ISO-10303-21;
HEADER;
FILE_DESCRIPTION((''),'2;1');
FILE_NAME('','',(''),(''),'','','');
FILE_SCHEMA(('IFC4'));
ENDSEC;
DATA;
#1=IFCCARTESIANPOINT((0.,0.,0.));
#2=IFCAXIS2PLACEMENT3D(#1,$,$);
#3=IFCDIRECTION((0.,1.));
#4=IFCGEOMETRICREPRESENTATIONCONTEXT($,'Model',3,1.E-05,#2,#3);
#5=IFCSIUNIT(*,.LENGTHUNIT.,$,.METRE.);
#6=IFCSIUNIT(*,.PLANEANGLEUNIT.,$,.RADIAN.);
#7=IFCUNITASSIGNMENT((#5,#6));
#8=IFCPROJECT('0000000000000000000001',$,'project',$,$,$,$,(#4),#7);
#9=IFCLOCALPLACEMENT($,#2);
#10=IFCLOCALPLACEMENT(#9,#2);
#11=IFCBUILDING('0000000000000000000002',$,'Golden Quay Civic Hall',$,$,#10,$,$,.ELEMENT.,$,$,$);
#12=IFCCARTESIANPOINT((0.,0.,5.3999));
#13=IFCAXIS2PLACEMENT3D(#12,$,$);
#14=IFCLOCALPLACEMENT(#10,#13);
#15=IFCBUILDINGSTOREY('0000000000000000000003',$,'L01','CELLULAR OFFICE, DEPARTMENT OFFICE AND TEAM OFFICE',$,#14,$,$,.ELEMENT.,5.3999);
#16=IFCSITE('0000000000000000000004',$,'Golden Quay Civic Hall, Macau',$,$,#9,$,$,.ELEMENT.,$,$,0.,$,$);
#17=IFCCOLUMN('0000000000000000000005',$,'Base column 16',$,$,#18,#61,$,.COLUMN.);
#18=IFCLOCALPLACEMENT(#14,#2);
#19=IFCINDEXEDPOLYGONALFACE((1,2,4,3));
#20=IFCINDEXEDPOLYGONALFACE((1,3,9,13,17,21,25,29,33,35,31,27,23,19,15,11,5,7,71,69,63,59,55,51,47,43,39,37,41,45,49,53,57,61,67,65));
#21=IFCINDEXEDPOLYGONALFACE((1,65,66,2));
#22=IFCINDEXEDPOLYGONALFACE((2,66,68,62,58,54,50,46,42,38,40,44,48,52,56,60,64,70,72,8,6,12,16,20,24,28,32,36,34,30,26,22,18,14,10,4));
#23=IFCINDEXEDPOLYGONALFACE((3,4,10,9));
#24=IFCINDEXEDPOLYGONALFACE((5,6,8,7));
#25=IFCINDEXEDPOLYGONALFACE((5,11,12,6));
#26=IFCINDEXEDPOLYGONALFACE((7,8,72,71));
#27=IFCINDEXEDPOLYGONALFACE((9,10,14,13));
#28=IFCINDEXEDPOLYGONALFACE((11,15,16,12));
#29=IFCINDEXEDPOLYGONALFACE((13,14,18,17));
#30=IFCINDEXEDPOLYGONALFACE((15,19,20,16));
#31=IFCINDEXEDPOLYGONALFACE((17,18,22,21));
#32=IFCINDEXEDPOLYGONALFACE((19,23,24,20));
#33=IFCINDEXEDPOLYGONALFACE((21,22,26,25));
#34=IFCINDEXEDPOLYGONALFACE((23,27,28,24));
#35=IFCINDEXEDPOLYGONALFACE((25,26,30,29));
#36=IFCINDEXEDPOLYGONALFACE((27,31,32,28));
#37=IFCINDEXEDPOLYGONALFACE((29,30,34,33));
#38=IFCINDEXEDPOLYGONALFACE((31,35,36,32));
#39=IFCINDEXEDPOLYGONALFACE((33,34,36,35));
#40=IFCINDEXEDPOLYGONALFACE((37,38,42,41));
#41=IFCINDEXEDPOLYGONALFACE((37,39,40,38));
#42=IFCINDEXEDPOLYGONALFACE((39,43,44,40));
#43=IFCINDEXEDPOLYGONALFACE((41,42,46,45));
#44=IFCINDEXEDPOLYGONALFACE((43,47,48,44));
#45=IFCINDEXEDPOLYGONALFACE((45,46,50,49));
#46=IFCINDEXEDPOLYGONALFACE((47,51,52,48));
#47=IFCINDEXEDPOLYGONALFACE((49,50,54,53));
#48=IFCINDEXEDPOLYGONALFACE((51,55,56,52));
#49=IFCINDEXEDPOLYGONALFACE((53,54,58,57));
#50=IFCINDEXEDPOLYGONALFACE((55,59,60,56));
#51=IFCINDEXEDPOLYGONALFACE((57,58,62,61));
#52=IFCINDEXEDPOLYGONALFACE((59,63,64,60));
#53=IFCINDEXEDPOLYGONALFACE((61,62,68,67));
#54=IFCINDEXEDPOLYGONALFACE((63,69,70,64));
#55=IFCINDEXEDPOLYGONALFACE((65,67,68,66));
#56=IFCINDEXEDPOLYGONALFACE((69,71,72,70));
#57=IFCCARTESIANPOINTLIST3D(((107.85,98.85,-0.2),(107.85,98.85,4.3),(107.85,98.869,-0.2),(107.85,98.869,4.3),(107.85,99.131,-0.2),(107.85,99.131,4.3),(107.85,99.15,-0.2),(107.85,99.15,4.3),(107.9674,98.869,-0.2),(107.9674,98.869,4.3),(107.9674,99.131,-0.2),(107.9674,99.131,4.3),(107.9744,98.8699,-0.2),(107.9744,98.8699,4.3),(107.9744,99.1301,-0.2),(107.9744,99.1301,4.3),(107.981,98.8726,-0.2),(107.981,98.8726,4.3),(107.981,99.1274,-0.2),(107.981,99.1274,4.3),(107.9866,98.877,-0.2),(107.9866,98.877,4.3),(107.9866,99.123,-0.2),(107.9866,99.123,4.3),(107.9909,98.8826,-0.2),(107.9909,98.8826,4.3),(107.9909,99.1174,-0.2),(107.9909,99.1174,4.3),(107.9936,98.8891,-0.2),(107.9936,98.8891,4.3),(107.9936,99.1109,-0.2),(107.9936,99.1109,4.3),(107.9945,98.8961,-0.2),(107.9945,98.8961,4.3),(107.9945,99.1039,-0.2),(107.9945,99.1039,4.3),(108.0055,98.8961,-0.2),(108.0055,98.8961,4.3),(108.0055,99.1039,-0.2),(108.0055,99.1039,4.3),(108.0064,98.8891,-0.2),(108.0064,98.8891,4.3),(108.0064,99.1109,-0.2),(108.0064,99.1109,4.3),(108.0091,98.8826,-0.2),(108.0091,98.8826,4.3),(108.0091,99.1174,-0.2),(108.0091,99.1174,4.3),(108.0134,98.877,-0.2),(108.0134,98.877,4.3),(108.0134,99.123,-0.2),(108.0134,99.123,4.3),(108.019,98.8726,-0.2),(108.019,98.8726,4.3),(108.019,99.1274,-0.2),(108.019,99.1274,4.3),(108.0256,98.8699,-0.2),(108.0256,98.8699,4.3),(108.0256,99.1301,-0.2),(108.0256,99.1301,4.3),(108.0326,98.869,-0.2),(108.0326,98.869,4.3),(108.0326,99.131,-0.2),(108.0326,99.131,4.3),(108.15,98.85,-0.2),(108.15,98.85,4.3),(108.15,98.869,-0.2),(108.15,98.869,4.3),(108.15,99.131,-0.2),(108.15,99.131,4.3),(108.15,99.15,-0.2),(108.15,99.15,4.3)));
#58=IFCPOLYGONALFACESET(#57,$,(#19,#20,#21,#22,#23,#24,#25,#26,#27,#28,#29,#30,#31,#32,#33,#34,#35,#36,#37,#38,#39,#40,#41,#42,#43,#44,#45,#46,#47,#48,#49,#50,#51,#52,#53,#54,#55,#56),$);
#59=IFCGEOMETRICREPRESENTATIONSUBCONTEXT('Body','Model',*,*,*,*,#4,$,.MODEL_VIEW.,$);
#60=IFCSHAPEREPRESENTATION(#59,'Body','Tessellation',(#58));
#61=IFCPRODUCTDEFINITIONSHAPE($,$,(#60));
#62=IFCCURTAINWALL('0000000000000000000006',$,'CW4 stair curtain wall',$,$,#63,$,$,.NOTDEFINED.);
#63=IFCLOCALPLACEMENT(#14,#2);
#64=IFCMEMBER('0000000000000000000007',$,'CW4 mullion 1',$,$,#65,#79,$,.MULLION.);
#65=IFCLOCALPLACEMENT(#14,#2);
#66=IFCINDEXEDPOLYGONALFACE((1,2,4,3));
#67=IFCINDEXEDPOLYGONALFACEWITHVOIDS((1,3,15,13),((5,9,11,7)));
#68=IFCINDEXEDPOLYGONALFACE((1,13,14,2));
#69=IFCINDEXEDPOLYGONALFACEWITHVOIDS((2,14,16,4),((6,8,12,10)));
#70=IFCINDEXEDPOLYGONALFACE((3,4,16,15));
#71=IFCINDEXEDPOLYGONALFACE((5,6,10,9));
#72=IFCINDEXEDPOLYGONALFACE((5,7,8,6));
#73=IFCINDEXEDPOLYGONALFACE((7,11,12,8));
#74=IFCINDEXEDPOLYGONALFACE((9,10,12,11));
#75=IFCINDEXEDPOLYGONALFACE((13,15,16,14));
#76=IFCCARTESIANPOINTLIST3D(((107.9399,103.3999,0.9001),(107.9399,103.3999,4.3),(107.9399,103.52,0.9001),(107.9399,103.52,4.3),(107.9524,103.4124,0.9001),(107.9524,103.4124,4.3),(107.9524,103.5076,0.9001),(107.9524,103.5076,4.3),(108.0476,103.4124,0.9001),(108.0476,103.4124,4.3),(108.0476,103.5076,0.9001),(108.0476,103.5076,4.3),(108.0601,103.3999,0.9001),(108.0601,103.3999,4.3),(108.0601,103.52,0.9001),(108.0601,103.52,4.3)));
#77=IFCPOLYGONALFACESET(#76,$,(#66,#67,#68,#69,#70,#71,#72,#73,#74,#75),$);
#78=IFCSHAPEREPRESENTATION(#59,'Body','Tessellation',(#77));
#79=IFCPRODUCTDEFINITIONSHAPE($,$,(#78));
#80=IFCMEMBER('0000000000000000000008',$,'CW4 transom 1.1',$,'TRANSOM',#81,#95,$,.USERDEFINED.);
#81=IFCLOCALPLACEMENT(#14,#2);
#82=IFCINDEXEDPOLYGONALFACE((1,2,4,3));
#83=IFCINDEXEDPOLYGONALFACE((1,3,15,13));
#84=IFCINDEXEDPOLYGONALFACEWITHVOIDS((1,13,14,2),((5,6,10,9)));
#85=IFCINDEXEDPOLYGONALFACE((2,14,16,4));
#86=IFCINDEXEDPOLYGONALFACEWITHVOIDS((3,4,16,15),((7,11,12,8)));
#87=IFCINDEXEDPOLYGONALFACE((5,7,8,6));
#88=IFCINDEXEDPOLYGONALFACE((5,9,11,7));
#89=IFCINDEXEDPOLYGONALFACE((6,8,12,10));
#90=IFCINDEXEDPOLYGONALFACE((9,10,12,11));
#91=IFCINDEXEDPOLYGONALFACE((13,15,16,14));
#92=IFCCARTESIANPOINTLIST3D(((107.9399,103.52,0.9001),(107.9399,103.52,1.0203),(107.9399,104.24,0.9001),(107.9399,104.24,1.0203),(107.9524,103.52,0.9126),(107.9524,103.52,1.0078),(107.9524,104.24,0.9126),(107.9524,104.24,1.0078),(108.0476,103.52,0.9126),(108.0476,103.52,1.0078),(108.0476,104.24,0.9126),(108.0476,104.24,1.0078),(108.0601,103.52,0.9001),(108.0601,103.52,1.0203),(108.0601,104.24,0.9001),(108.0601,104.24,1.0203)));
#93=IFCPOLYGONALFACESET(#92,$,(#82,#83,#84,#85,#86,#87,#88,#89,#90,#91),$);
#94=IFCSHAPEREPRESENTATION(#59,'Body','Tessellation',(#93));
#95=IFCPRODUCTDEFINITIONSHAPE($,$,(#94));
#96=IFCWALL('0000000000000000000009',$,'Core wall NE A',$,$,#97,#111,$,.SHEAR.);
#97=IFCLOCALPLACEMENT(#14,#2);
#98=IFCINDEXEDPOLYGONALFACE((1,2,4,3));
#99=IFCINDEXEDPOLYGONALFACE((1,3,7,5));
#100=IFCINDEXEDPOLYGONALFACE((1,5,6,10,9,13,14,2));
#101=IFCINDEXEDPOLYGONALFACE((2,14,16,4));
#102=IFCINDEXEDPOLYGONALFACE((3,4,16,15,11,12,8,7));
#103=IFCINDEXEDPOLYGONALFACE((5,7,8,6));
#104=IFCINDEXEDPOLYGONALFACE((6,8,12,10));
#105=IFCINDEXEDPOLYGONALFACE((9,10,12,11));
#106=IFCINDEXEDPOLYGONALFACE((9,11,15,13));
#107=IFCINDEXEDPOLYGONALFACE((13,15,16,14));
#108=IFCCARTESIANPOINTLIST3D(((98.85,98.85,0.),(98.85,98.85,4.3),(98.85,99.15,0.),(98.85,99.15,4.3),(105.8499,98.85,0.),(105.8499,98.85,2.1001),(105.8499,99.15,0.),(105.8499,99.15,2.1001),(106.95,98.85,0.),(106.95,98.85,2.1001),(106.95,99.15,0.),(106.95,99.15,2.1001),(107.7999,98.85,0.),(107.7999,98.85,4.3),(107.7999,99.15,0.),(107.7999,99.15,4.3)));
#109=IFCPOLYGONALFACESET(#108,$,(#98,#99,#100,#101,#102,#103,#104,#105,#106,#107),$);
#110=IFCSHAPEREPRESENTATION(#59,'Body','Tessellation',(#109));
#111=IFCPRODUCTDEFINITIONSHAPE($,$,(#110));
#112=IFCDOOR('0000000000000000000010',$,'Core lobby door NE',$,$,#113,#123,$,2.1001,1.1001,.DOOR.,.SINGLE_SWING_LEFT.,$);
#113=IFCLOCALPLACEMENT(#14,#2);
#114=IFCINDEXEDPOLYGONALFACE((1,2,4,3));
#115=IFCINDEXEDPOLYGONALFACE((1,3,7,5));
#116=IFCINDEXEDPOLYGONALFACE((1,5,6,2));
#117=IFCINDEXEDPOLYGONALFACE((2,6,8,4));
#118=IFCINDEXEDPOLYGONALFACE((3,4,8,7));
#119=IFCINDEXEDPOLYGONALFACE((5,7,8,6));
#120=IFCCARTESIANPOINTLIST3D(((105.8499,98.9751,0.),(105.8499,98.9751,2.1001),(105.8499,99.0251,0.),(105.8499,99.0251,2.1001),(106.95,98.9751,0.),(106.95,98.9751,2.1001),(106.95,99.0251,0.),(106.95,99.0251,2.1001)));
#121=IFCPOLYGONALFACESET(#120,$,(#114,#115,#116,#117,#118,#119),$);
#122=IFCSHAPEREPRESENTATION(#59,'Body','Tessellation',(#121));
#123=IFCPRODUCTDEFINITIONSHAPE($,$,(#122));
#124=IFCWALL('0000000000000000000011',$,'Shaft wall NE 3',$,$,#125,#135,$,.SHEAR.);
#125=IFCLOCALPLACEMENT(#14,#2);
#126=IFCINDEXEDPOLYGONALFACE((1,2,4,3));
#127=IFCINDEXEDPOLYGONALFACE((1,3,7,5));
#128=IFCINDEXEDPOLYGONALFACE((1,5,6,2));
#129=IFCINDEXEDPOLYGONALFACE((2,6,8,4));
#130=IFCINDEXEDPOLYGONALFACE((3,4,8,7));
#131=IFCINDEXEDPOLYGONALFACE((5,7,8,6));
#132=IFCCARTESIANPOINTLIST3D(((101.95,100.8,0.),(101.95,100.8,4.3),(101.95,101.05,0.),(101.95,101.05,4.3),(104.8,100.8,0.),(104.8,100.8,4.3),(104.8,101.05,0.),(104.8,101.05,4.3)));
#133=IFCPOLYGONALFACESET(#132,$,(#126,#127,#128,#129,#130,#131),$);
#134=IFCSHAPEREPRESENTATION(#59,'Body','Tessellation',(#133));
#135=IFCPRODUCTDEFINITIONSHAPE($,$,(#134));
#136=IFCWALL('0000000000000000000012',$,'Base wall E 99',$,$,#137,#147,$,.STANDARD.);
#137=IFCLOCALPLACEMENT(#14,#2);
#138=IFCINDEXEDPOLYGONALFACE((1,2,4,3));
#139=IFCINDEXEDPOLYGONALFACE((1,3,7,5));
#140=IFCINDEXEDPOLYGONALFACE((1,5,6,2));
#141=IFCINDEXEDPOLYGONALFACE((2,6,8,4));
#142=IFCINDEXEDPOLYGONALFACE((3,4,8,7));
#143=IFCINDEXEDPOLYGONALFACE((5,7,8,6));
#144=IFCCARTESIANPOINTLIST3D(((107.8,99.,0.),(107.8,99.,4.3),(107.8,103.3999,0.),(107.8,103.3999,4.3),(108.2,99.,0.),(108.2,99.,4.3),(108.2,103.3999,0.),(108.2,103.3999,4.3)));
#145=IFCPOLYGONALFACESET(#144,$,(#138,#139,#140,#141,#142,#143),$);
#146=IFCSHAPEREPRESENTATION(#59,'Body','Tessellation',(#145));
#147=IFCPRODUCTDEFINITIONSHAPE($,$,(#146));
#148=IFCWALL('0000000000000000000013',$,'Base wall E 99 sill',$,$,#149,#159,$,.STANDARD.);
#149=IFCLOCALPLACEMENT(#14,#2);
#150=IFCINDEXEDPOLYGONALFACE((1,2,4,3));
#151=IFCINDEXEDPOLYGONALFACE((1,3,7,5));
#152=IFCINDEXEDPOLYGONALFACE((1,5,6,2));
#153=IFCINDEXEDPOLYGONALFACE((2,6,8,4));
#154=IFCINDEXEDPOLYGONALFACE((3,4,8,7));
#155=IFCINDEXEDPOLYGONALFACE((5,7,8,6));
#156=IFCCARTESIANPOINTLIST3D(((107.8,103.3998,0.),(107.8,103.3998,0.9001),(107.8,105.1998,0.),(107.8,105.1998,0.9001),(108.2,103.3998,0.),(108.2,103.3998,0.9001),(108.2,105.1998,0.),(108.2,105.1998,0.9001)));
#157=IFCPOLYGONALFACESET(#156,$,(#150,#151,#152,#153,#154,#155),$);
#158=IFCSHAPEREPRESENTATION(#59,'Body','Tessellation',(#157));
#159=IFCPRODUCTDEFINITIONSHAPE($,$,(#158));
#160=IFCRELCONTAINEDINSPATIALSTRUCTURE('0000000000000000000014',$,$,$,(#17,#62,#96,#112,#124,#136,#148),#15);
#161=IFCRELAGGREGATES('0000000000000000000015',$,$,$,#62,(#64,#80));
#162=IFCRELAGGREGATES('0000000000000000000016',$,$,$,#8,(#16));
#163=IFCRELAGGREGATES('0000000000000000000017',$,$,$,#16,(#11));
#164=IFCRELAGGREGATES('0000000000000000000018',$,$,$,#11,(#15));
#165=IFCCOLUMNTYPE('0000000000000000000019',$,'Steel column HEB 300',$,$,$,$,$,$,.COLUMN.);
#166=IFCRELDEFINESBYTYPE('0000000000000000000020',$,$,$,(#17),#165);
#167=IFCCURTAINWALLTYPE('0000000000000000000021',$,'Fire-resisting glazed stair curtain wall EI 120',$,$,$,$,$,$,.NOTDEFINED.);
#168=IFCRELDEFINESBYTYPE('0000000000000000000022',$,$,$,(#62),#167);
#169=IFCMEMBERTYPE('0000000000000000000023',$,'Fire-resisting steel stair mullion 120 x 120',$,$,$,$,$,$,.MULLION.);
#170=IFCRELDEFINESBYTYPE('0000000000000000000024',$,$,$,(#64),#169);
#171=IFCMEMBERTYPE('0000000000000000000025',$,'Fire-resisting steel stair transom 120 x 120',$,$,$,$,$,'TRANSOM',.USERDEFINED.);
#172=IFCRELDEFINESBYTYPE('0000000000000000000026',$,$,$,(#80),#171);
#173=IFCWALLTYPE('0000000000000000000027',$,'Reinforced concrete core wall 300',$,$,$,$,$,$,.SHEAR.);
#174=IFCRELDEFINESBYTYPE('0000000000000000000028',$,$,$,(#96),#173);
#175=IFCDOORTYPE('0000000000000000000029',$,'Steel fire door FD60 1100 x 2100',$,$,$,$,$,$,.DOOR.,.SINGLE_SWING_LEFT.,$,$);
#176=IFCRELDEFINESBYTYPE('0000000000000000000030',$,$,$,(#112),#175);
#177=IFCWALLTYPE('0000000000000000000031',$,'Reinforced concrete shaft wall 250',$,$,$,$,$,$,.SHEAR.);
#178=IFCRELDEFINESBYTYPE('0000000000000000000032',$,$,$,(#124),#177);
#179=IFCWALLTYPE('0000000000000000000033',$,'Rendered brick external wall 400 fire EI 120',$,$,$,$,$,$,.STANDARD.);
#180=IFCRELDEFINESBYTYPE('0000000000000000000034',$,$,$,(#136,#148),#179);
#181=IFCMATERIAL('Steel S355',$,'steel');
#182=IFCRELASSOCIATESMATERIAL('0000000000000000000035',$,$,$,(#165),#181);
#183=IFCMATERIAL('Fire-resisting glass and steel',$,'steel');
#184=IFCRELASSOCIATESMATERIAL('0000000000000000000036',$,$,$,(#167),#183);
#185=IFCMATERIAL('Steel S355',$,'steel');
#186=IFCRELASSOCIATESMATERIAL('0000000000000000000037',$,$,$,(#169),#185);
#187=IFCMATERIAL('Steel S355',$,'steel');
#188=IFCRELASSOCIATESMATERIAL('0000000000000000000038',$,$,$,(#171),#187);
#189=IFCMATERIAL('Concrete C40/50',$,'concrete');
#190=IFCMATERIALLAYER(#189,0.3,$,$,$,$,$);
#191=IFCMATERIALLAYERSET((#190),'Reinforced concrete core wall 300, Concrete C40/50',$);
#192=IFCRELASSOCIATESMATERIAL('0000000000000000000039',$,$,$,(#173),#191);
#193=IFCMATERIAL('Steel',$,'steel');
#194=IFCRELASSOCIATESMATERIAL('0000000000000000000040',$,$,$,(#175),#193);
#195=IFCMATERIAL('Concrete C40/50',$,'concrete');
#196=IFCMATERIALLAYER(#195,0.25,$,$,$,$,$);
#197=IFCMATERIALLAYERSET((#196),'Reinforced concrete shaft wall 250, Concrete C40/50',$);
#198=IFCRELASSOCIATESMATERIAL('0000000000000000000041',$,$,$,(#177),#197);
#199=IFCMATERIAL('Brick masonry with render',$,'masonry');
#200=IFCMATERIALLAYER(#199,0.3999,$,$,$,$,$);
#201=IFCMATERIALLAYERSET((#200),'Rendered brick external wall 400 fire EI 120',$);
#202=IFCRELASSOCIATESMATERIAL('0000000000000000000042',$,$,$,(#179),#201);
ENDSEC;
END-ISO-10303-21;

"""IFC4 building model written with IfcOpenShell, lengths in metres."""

from ifc_helpers import new_model, si_unit, direction, frame, frame_2d, origin, origin_2d, place, context, subcontext, project, spatial, rectangle, hollow_rectangle, i_section, extrude, material, layer, layer_set, material_profile, profile_set, type_object, element, fill, aggregate, save


model = new_model("IFC4")

# Units and contexts
model_context = context("Model", 3, precision=1e-05, world=origin(), true_north=direction((0.0, 1.0)))
body_context = subcontext(model_context, "Body", "Model", "MODEL_VIEW")
ifc_project = project(units=[si_unit("LENGTHUNIT", "METRE"), si_unit("PLANEANGLEUNIT", "RADIAN")], contexts=[model_context])

# Site, building, storey
site_placement = place(None, origin())
site = spatial("IfcSite", under=ifc_project, at=site_placement, Name="Golden Quay Civic Hall, Macau", CompositionType="ELEMENT", RefElevation=0.0)
building_placement = place(site_placement, origin())
building = spatial("IfcBuilding", under=site, at=building_placement, Name="Golden Quay Civic Hall", CompositionType="ELEMENT")
storey_placement = place(building_placement, frame((0.0, 0.0, 5.3999)))
storey = spatial("IfcBuildingStorey", under=building, at=storey_placement, Name="L01", Description="CELLULAR OFFICE, DEPARTMENT OFFICE AND TEAM OFFICE", CompositionType="ELEMENT", Elevation=5.3999)

# Column
ifc_material_1 = material(Name="Steel S355", Category="steel")
ifc_material_profile_1 = material_profile(ifc_material_1, i_section(OverallWidth=0.3, OverallDepth=0.3, WebThickness=0.011, FlangeThickness=0.019, FilletRadius=0.0271, at=origin_2d()), Name="HEB 300")
ifc_profile_set_1 = profile_set([ifc_material_profile_1], Name="Steel S355")
column_type = type_object("IfcColumnType", Name="Steel column HEB 300", PredefinedType="COLUMN", material=ifc_profile_set_1)
column_placement = place(storey_placement, frame((108.0, 99.0, -0.2), z_axis=(0.0, 0.0, 1.0), x_axis=(1.0, 0.0, 0.0)))
element("IfcColumn", 1, at=column_placement, inside=storey, type_object=column_type, Name="Base column 16", PredefinedType="COLUMN", context=body_context, shape_type="SweptSolid", body=[
    extrude(i_section(OverallWidth=0.3, OverallDepth=0.3, WebThickness=0.011, FlangeThickness=0.019, FilletRadius=0.0271, at=origin_2d()), origin(), (0.0, 0.0, 1.0), 4.5),
])

# Curtain wall, members
ifc_material_2 = material(Name="Fire-resisting glass and steel", Category="steel")
curtain_wall_type = type_object("IfcCurtainWallType", Name="Fire-resisting glazed stair curtain wall EI 120", PredefinedType="NOTDEFINED", material=ifc_material_2)
curtain_wall_placement = place(storey_placement, origin())
curtain_wall = element("IfcCurtainWall", 2, at=curtain_wall_placement, inside=storey, type_object=curtain_wall_type, Name="CW4 stair curtain wall", PredefinedType="NOTDEFINED")
ifc_material_3 = material(Name="Steel S355", Category="steel")
ifc_material_profile_2 = material_profile(ifc_material_3, hollow_rectangle(XDim=0.1201, YDim=0.1201, WallThickness=0.0125, at=origin_2d()), Name="SHS 120x120x12.5")
ifc_profile_set_2 = profile_set([ifc_material_profile_2], Name="Steel S355")
member_type_1 = type_object("IfcMemberType", Name="Fire-resisting steel stair mullion 120 x 120", PredefinedType="MULLION", material=ifc_profile_set_2)
member_1_placement = place(storey_placement, frame((108.0, 103.46, 0.9001), z_axis=(0.0, 0.0, 1.0), x_axis=(-1.0, 0.0, 0.0)))
member_1 = element("IfcMember", 3, at=member_1_placement, type_object=member_type_1, Name="CW4 mullion 1", PredefinedType="MULLION", context=body_context, shape_type="SweptSolid", body=[
    extrude(hollow_rectangle(XDim=0.1201, YDim=0.1201, WallThickness=0.0125, at=origin_2d()), origin(), (0.0, 0.0, 1.0), 3.3999),
])
ifc_material_4 = material(Name="Steel S355", Category="steel")
ifc_material_profile_3 = material_profile(ifc_material_4, hollow_rectangle(XDim=0.1201, YDim=0.1201, WallThickness=0.0125, at=origin_2d()), Name="SHS 120x120x12.5")
ifc_profile_set_3 = profile_set([ifc_material_profile_3], Name="Steel S355")
member_type_2 = type_object("IfcMemberType", Name="Fire-resisting steel stair transom 120 x 120", ElementType="TRANSOM", PredefinedType="USERDEFINED", material=ifc_profile_set_3)
member_2_placement = place(storey_placement, frame((108.0, 103.52, 0.9602), z_axis=(0.0, 1.0, 0.0), x_axis=(-1.0, 0.0, 0.0)))
member_2 = element("IfcMember", 4, at=member_2_placement, type_object=member_type_2, Name="CW4 transom 1.1", ObjectType="TRANSOM", PredefinedType="USERDEFINED", context=body_context, shape_type="SweptSolid", body=[
    extrude(hollow_rectangle(XDim=0.1201, YDim=0.1201, WallThickness=0.0125, at=origin_2d()), origin(), (0.0, 0.0, 1.0), 0.72),
])
aggregate(curtain_wall, [member_1, member_2])

# Wall, opening, door
ifc_material_5 = material(Name="Concrete C40/50", Category="concrete")
ifc_layer_1 = layer(ifc_material_5, 0.3)
ifc_layer_set_1 = layer_set([ifc_layer_1], Name="Reinforced concrete core wall 300, Concrete C40/50")
wall_type_1 = type_object("IfcWallType", Name="Reinforced concrete core wall 300", PredefinedType="SHEAR", material=ifc_layer_set_1)
wall_1_placement = place(storey_placement, frame((107.8, 99.0, 0.0), z_axis=(0.0, 0.0, 1.0), x_axis=(-1.0, 0.0, 0.0)))
wall_1 = element("IfcWall", 5, at=wall_1_placement, inside=storey, type_object=wall_type_1, Name="Core wall NE A", PredefinedType="SHEAR", context=body_context, shape_type="SweptSolid", body=[
    extrude(rectangle(XDim=8.95, YDim=0.3, at=frame_2d((4.4751, 0.0))), origin(), (0.0, 0.0, 1.0), 4.3),
])
opening_1_placement = place(wall_1_placement, frame((0.8501, 0.0, 0.0)))
opening_1 = element("IfcOpeningElement", 6, at=opening_1_placement, cuts=wall_1, PredefinedType="OPENING", context=body_context, shape_type="SweptSolid", body=[
    extrude(rectangle(XDim=1.1001, YDim=2.1001, at=frame_2d((0.55, 1.05))), frame((0.0, 0.1599, 0.0), z_axis=(0.0, -1.0, 0.0), x_axis=(1.0, 0.0, 0.0)), (0.0, 0.0, 1.0), 0.3201),
])
ifc_material_6 = material(Name="Steel", Category="steel")
door_type_1 = type_object("IfcDoorType", Name="Steel fire door FD60 1100 x 2100", OperationType="SINGLE_SWING_LEFT", PredefinedType="DOOR", material=ifc_material_6)
door_1_placement = place(opening_1_placement, origin())
door_1 = element("IfcDoor", 7, at=door_1_placement, inside=storey, type_object=door_type_1, Name="Core lobby door NE", OperationType="SINGLE_SWING_LEFT", OverallHeight=2.1001, OverallWidth=1.1001, PredefinedType="DOOR", context=body_context, shape_type="SweptSolid", body=[
    extrude(rectangle(XDim=1.1001, YDim=2.1001, at=frame_2d((0.55, 1.05))), frame((0.0, 0.0249, 0.0), z_axis=(0.0, -1.0, 0.0), x_axis=(1.0, 0.0, 0.0)), (0.0, 0.0, 1.0), 0.05),
])
fill(opening_1, door_1)

# Walls
ifc_material_7 = material(Name="Concrete C40/50", Category="concrete")
ifc_layer_2 = layer(ifc_material_7, 0.25)
ifc_layer_set_2 = layer_set([ifc_layer_2], Name="Reinforced concrete shaft wall 250, Concrete C40/50")
wall_type_2 = type_object("IfcWallType", Name="Reinforced concrete shaft wall 250", PredefinedType="SHEAR", material=ifc_layer_set_2)
wall_2_placement = place(storey_placement, frame((104.8, 100.925, 0.0), z_axis=(0.0, 0.0, 1.0), x_axis=(-1.0, 0.0, 0.0)))
element("IfcWall", 8, at=wall_2_placement, inside=storey, type_object=wall_type_2, Name="Shaft wall NE 3", PredefinedType="SHEAR", context=body_context, shape_type="SweptSolid", body=[
    extrude(rectangle(XDim=2.8501, YDim=0.25, at=frame_2d((1.425, 0.0))), origin(), (0.0, 0.0, 1.0), 4.3),
])
ifc_material_8 = material(Name="Brick masonry with render", Category="masonry")
ifc_layer_3 = layer(ifc_material_8, 0.3999)
ifc_layer_set_3 = layer_set([ifc_layer_3], Name="Rendered brick external wall 400 fire EI 120")
wall_type_3 = type_object("IfcWallType", Name="Rendered brick external wall 400 fire EI 120", PredefinedType="STANDARD", material=ifc_layer_set_3)
wall_3_placement = place(storey_placement, frame((108.0, 99.0, 0.0), z_axis=(0.0, 0.0, 1.0), x_axis=(0.0, 1.0, 0.0)))
element("IfcWall", 9, at=wall_3_placement, inside=storey, type_object=wall_type_3, Name="Base wall E 99", PredefinedType="STANDARD", context=body_context, shape_type="SweptSolid", body=[
    extrude(rectangle(XDim=4.3999, YDim=0.3999, at=frame_2d((2.2, 0.0))), origin(), (0.0, 0.0, 1.0), 4.3),
])
wall_4_placement = place(storey_placement, frame((108.0, 103.3999, 0.0), z_axis=(0.0, 0.0, 1.0), x_axis=(0.0, 1.0, 0.0)))
element("IfcWall", 10, at=wall_4_placement, inside=storey, type_object=wall_type_3, Name="Base wall E 99 sill", PredefinedType="STANDARD", context=body_context, shape_type="SweptSolid", body=[
    extrude(rectangle(XDim=1.8, YDim=0.3999, at=frame_2d((0.8999, 0.0))), origin(), (0.0, 0.0, 1.0), 0.9001),
])

save(model, "model.ifc")
